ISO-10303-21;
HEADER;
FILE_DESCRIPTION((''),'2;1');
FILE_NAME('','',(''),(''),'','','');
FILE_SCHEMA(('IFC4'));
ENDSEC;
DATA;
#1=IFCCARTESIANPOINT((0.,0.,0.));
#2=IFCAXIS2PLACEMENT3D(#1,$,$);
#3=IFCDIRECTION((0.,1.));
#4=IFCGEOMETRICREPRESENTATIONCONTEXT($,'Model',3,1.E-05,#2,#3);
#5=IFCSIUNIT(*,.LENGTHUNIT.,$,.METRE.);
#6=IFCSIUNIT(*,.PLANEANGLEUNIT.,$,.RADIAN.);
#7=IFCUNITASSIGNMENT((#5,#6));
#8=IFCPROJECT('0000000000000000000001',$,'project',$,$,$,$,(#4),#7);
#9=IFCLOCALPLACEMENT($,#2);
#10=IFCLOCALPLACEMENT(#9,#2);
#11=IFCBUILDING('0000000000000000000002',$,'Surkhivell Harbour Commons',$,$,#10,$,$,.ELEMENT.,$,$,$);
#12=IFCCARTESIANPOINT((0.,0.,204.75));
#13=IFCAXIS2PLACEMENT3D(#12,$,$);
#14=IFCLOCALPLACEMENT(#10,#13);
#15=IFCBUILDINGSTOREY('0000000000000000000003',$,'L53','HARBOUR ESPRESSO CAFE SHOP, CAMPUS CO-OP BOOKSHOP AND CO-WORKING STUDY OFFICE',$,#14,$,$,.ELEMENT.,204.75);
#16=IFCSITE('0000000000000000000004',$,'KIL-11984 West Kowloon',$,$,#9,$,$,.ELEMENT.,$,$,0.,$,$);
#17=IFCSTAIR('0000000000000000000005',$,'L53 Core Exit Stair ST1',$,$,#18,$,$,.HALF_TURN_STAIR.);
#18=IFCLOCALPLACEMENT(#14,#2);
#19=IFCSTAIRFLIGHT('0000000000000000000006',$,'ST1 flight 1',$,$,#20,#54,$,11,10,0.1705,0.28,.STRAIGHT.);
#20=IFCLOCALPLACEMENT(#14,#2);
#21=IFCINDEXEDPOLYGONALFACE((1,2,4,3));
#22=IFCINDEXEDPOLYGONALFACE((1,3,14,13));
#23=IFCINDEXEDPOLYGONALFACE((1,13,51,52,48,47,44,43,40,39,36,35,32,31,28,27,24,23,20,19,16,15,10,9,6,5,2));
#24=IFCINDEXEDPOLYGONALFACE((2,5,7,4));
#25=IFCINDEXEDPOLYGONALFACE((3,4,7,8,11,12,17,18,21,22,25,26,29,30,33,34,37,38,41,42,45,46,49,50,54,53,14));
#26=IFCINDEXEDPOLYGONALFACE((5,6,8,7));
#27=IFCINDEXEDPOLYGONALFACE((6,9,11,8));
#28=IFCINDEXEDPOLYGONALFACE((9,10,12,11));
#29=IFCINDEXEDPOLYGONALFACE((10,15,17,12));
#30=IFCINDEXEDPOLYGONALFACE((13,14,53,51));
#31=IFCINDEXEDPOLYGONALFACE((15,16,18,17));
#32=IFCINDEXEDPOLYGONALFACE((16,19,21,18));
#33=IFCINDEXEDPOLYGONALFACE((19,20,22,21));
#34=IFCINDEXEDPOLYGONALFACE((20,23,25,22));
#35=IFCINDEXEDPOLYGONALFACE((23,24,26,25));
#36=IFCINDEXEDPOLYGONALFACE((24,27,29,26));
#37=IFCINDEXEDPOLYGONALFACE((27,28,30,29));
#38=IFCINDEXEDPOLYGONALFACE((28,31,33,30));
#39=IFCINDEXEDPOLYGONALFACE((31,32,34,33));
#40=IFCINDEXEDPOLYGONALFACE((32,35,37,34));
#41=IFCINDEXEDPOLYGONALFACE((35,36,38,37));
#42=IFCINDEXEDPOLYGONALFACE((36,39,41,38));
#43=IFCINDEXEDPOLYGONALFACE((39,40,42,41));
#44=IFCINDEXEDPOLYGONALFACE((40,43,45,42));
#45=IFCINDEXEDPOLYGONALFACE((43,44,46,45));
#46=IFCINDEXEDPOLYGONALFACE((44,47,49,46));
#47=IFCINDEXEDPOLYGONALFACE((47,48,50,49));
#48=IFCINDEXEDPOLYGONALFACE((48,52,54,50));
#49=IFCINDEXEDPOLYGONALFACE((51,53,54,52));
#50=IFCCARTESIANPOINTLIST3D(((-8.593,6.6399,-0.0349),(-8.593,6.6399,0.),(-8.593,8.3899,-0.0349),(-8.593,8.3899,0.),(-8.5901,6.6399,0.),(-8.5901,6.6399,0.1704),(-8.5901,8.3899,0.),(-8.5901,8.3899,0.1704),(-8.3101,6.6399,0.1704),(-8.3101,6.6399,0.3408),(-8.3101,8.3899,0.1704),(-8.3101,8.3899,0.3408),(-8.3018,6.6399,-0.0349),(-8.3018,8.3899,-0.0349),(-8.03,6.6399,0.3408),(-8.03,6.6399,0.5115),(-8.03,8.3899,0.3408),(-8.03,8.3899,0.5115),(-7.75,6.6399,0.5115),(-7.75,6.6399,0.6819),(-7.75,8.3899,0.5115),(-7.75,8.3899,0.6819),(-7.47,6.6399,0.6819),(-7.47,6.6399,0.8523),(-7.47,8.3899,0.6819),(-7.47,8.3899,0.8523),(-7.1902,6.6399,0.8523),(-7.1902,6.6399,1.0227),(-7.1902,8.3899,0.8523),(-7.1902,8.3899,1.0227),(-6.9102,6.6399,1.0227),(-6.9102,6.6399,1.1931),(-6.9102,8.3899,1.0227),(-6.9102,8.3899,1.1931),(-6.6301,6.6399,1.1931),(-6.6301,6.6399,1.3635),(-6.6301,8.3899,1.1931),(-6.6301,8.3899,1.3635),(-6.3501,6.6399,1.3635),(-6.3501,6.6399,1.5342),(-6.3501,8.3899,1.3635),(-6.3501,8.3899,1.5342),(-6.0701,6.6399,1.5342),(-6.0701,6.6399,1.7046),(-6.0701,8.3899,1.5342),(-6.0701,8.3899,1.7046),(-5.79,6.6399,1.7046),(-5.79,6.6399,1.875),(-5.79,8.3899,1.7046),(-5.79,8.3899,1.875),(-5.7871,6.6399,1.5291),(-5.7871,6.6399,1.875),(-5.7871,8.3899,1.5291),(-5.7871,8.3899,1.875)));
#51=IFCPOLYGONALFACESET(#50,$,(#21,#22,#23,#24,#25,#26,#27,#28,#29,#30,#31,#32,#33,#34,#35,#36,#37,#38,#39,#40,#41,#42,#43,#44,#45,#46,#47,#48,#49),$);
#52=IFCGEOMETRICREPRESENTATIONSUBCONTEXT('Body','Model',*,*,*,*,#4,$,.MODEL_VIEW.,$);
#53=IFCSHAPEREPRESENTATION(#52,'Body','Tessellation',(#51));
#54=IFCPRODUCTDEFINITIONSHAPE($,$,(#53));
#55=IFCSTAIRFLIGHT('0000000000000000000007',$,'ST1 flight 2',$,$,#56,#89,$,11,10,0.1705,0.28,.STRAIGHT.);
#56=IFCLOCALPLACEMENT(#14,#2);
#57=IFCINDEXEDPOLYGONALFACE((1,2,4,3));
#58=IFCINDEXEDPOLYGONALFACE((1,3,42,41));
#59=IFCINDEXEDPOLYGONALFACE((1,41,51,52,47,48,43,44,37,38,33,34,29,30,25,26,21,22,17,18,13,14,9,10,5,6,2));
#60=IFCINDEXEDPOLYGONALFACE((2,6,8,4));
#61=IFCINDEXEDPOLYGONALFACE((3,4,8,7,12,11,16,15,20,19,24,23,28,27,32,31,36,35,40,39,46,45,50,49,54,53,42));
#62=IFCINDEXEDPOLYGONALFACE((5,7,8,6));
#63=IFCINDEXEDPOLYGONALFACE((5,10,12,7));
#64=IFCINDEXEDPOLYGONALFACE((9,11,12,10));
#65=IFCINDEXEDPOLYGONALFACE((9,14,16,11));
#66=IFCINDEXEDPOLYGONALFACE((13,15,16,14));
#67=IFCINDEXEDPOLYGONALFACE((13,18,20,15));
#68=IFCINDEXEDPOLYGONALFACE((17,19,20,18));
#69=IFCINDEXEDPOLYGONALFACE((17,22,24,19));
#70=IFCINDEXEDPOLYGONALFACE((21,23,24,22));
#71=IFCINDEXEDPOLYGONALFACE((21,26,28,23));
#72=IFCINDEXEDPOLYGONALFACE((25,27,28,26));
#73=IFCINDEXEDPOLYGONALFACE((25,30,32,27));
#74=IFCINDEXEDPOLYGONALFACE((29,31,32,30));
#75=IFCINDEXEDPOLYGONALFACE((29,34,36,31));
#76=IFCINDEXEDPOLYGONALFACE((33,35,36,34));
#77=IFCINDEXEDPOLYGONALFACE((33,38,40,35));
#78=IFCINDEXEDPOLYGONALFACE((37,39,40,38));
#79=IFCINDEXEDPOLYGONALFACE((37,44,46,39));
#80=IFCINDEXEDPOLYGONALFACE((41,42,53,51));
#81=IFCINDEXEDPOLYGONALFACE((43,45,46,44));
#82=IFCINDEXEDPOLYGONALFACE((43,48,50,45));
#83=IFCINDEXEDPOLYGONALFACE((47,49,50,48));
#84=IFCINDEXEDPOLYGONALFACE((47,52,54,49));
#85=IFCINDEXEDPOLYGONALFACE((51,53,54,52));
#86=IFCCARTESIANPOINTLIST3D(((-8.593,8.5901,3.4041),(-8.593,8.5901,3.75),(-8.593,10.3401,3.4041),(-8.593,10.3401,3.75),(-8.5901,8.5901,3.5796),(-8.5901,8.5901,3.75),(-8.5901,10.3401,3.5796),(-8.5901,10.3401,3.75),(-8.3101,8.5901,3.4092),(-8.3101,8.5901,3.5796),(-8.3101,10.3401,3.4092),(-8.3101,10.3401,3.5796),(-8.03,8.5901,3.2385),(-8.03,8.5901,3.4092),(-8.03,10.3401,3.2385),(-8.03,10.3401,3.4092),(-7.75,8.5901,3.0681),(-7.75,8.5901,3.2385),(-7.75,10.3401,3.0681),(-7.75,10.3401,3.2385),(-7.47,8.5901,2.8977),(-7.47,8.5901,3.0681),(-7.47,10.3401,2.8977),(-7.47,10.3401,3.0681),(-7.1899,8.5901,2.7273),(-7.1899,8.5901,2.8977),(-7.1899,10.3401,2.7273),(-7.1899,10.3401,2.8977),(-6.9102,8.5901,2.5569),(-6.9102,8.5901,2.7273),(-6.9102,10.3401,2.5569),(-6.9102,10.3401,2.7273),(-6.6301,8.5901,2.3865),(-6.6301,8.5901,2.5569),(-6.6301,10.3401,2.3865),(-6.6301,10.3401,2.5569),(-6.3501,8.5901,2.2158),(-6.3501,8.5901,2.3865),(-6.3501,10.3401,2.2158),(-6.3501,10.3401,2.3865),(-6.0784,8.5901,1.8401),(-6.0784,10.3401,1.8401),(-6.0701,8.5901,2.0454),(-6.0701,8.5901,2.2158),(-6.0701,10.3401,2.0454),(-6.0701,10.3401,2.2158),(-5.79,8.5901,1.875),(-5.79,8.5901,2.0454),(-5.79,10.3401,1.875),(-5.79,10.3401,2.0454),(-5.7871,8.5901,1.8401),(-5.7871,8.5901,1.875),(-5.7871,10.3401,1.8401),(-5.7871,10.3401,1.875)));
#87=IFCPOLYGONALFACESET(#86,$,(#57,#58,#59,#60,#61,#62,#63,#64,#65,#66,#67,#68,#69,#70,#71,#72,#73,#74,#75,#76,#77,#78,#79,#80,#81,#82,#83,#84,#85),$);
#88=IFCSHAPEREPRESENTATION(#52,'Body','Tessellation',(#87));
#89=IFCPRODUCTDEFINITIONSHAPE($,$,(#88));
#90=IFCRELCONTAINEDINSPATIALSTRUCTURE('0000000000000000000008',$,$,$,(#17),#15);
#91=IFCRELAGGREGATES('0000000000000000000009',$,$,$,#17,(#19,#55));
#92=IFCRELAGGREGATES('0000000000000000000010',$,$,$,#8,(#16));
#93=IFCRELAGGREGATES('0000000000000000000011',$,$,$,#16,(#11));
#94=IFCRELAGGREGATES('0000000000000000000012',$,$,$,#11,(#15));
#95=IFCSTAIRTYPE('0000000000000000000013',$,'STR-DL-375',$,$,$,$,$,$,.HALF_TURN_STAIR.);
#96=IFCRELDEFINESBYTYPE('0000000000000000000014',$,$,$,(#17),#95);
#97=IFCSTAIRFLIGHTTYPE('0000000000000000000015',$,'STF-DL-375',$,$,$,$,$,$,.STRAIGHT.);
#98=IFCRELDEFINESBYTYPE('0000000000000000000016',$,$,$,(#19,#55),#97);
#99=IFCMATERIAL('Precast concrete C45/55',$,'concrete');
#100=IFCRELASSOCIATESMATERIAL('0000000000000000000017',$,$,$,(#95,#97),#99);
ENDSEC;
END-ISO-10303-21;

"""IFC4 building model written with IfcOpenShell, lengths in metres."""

from ifc_helpers import new_model, si_unit, direction, frame, origin, place, context, subcontext, project, spatial, polyline, outline, extrude, material, type_object, element, aggregate, save


model = new_model("IFC4")

# Units and contexts
model_context = context("Model", 3, precision=1e-05, world=origin(), true_north=direction((0.0, 1.0)))
body_context = subcontext(model_context, "Body", "Model", "MODEL_VIEW")
ifc_project = project(units=[si_unit("LENGTHUNIT", "METRE"), si_unit("PLANEANGLEUNIT", "RADIAN")], contexts=[model_context])

# Site, building, storey
site_placement = place(None, origin())
site = spatial("IfcSite", under=ifc_project, at=site_placement, Name="KIL-11984 West Kowloon", CompositionType="ELEMENT", RefElevation=0.0)
building_placement = place(site_placement, origin())
building = spatial("IfcBuilding", under=site, at=building_placement, Name="Surkhivell Harbour Commons", CompositionType="ELEMENT")
storey_placement = place(building_placement, frame((0.0, 0.0, 204.75)))
storey = spatial("IfcBuildingStorey", under=building, at=storey_placement, Name="L53", Description="HARBOUR ESPRESSO CAFE SHOP, CAMPUS CO-OP BOOKSHOP AND CO-WORKING STUDY OFFICE", CompositionType="ELEMENT", Elevation=204.75)

# Stair, stair flights
ifc_material_1 = material(Name="Precast concrete C45/55", Category="concrete")
stair_type = type_object("IfcStairType", Name="STR-DL-375", PredefinedType="HALF_TURN_STAIR", material=ifc_material_1)
stair_placement = place(storey_placement, origin())
stair = element("IfcStair", 1, at=stair_placement, inside=storey, type_object=stair_type, Name="L53 Core Exit Stair ST1", PredefinedType="HALF_TURN_STAIR")
stair_flight_type = type_object("IfcStairFlightType", Name="STF-DL-375", PredefinedType="STRAIGHT", material=ifc_material_1)
stair_flight_1_placement = place(storey_placement, frame((-8.5901, 7.5149, 0.0), z_axis=(0.0, 0.0, 1.0), x_axis=(1.0, 0.0, 0.0)))
stair_flight_1 = element("IfcStairFlight", 2, at=stair_flight_1_placement, type_object=stair_flight_type, Name="ST1 flight 1", NumberOfRisers=11, NumberOfTreads=10, PredefinedType="STRAIGHT", RiserHeight=0.1705, TreadLength=0.28, context=body_context, shape_type="SweptSolid", body=[
    extrude(outline(polyline([(-0.0029, -0.0349), (-0.0029, 0.0), (0.0, 0.0), (0.0, 0.1704), (0.28, 0.1704), (0.28, 0.3408), (0.5601, 0.3408), (0.5601, 0.5115), (0.8401, 0.5115), (0.8401, 0.6819), (1.1201, 0.6819), (1.1201, 0.8523), (1.3999, 0.8523), (1.3999, 1.0227), (1.6799, 1.0227), (1.6799, 1.1931), (1.96, 1.1931), (1.96, 1.3635), (2.24, 1.3635), (2.24, 1.5342), (2.52, 1.5342), (2.52, 1.7046), (2.8, 1.7046), (2.8, 1.875), (2.803, 1.875), (2.803, 1.5291), (0.2883, -0.0349), (-0.0029, -0.0349)])), frame((0.0, 0.875, 0.0), z_axis=(0.0, -1.0, 0.0), x_axis=(1.0, 0.0, 0.0)), (0.0, 0.0, 1.0), 1.75),
])
stair_flight_2_placement = place(storey_placement, frame((-5.79, 9.4651, 1.875), z_axis=(0.0, 0.0, 1.0), x_axis=(-1.0, 0.0, 0.0)))
stair_flight_2 = element("IfcStairFlight", 3, at=stair_flight_2_placement, type_object=stair_flight_type, Name="ST1 flight 2", NumberOfRisers=11, NumberOfTreads=10, PredefinedType="STRAIGHT", RiserHeight=0.1705, TreadLength=0.28, context=body_context, shape_type="SweptSolid", body=[
    extrude(outline(polyline([(-0.0029, -0.0349), (-0.0029, 0.0), (0.0, 0.0), (0.0, 0.1704), (0.28, 0.1704), (0.28, 0.3408), (0.5601, 0.3408), (0.5601, 0.5115), (0.8401, 0.5115), (0.8401, 0.6819), (1.1201, 0.6819), (1.1201, 0.8523), (1.3999, 0.8523), (1.3999, 1.0227), (1.6799, 1.0227), (1.6799, 1.1931), (1.96, 1.1931), (1.96, 1.3635), (2.24, 1.3635), (2.24, 1.5342), (2.52, 1.5342), (2.52, 1.7046), (2.8, 1.7046), (2.8, 1.875), (2.803, 1.875), (2.803, 1.5291), (0.2883, -0.0349), (-0.0029, -0.0349)])), frame((0.0, 0.875, 0.0), z_axis=(0.0, -1.0, 0.0), x_axis=(1.0, 0.0, 0.0)), (0.0, 0.0, 1.0), 1.75),
])
aggregate(stair, [stair_flight_1, stair_flight_2])

save(model, "model.ifc")
